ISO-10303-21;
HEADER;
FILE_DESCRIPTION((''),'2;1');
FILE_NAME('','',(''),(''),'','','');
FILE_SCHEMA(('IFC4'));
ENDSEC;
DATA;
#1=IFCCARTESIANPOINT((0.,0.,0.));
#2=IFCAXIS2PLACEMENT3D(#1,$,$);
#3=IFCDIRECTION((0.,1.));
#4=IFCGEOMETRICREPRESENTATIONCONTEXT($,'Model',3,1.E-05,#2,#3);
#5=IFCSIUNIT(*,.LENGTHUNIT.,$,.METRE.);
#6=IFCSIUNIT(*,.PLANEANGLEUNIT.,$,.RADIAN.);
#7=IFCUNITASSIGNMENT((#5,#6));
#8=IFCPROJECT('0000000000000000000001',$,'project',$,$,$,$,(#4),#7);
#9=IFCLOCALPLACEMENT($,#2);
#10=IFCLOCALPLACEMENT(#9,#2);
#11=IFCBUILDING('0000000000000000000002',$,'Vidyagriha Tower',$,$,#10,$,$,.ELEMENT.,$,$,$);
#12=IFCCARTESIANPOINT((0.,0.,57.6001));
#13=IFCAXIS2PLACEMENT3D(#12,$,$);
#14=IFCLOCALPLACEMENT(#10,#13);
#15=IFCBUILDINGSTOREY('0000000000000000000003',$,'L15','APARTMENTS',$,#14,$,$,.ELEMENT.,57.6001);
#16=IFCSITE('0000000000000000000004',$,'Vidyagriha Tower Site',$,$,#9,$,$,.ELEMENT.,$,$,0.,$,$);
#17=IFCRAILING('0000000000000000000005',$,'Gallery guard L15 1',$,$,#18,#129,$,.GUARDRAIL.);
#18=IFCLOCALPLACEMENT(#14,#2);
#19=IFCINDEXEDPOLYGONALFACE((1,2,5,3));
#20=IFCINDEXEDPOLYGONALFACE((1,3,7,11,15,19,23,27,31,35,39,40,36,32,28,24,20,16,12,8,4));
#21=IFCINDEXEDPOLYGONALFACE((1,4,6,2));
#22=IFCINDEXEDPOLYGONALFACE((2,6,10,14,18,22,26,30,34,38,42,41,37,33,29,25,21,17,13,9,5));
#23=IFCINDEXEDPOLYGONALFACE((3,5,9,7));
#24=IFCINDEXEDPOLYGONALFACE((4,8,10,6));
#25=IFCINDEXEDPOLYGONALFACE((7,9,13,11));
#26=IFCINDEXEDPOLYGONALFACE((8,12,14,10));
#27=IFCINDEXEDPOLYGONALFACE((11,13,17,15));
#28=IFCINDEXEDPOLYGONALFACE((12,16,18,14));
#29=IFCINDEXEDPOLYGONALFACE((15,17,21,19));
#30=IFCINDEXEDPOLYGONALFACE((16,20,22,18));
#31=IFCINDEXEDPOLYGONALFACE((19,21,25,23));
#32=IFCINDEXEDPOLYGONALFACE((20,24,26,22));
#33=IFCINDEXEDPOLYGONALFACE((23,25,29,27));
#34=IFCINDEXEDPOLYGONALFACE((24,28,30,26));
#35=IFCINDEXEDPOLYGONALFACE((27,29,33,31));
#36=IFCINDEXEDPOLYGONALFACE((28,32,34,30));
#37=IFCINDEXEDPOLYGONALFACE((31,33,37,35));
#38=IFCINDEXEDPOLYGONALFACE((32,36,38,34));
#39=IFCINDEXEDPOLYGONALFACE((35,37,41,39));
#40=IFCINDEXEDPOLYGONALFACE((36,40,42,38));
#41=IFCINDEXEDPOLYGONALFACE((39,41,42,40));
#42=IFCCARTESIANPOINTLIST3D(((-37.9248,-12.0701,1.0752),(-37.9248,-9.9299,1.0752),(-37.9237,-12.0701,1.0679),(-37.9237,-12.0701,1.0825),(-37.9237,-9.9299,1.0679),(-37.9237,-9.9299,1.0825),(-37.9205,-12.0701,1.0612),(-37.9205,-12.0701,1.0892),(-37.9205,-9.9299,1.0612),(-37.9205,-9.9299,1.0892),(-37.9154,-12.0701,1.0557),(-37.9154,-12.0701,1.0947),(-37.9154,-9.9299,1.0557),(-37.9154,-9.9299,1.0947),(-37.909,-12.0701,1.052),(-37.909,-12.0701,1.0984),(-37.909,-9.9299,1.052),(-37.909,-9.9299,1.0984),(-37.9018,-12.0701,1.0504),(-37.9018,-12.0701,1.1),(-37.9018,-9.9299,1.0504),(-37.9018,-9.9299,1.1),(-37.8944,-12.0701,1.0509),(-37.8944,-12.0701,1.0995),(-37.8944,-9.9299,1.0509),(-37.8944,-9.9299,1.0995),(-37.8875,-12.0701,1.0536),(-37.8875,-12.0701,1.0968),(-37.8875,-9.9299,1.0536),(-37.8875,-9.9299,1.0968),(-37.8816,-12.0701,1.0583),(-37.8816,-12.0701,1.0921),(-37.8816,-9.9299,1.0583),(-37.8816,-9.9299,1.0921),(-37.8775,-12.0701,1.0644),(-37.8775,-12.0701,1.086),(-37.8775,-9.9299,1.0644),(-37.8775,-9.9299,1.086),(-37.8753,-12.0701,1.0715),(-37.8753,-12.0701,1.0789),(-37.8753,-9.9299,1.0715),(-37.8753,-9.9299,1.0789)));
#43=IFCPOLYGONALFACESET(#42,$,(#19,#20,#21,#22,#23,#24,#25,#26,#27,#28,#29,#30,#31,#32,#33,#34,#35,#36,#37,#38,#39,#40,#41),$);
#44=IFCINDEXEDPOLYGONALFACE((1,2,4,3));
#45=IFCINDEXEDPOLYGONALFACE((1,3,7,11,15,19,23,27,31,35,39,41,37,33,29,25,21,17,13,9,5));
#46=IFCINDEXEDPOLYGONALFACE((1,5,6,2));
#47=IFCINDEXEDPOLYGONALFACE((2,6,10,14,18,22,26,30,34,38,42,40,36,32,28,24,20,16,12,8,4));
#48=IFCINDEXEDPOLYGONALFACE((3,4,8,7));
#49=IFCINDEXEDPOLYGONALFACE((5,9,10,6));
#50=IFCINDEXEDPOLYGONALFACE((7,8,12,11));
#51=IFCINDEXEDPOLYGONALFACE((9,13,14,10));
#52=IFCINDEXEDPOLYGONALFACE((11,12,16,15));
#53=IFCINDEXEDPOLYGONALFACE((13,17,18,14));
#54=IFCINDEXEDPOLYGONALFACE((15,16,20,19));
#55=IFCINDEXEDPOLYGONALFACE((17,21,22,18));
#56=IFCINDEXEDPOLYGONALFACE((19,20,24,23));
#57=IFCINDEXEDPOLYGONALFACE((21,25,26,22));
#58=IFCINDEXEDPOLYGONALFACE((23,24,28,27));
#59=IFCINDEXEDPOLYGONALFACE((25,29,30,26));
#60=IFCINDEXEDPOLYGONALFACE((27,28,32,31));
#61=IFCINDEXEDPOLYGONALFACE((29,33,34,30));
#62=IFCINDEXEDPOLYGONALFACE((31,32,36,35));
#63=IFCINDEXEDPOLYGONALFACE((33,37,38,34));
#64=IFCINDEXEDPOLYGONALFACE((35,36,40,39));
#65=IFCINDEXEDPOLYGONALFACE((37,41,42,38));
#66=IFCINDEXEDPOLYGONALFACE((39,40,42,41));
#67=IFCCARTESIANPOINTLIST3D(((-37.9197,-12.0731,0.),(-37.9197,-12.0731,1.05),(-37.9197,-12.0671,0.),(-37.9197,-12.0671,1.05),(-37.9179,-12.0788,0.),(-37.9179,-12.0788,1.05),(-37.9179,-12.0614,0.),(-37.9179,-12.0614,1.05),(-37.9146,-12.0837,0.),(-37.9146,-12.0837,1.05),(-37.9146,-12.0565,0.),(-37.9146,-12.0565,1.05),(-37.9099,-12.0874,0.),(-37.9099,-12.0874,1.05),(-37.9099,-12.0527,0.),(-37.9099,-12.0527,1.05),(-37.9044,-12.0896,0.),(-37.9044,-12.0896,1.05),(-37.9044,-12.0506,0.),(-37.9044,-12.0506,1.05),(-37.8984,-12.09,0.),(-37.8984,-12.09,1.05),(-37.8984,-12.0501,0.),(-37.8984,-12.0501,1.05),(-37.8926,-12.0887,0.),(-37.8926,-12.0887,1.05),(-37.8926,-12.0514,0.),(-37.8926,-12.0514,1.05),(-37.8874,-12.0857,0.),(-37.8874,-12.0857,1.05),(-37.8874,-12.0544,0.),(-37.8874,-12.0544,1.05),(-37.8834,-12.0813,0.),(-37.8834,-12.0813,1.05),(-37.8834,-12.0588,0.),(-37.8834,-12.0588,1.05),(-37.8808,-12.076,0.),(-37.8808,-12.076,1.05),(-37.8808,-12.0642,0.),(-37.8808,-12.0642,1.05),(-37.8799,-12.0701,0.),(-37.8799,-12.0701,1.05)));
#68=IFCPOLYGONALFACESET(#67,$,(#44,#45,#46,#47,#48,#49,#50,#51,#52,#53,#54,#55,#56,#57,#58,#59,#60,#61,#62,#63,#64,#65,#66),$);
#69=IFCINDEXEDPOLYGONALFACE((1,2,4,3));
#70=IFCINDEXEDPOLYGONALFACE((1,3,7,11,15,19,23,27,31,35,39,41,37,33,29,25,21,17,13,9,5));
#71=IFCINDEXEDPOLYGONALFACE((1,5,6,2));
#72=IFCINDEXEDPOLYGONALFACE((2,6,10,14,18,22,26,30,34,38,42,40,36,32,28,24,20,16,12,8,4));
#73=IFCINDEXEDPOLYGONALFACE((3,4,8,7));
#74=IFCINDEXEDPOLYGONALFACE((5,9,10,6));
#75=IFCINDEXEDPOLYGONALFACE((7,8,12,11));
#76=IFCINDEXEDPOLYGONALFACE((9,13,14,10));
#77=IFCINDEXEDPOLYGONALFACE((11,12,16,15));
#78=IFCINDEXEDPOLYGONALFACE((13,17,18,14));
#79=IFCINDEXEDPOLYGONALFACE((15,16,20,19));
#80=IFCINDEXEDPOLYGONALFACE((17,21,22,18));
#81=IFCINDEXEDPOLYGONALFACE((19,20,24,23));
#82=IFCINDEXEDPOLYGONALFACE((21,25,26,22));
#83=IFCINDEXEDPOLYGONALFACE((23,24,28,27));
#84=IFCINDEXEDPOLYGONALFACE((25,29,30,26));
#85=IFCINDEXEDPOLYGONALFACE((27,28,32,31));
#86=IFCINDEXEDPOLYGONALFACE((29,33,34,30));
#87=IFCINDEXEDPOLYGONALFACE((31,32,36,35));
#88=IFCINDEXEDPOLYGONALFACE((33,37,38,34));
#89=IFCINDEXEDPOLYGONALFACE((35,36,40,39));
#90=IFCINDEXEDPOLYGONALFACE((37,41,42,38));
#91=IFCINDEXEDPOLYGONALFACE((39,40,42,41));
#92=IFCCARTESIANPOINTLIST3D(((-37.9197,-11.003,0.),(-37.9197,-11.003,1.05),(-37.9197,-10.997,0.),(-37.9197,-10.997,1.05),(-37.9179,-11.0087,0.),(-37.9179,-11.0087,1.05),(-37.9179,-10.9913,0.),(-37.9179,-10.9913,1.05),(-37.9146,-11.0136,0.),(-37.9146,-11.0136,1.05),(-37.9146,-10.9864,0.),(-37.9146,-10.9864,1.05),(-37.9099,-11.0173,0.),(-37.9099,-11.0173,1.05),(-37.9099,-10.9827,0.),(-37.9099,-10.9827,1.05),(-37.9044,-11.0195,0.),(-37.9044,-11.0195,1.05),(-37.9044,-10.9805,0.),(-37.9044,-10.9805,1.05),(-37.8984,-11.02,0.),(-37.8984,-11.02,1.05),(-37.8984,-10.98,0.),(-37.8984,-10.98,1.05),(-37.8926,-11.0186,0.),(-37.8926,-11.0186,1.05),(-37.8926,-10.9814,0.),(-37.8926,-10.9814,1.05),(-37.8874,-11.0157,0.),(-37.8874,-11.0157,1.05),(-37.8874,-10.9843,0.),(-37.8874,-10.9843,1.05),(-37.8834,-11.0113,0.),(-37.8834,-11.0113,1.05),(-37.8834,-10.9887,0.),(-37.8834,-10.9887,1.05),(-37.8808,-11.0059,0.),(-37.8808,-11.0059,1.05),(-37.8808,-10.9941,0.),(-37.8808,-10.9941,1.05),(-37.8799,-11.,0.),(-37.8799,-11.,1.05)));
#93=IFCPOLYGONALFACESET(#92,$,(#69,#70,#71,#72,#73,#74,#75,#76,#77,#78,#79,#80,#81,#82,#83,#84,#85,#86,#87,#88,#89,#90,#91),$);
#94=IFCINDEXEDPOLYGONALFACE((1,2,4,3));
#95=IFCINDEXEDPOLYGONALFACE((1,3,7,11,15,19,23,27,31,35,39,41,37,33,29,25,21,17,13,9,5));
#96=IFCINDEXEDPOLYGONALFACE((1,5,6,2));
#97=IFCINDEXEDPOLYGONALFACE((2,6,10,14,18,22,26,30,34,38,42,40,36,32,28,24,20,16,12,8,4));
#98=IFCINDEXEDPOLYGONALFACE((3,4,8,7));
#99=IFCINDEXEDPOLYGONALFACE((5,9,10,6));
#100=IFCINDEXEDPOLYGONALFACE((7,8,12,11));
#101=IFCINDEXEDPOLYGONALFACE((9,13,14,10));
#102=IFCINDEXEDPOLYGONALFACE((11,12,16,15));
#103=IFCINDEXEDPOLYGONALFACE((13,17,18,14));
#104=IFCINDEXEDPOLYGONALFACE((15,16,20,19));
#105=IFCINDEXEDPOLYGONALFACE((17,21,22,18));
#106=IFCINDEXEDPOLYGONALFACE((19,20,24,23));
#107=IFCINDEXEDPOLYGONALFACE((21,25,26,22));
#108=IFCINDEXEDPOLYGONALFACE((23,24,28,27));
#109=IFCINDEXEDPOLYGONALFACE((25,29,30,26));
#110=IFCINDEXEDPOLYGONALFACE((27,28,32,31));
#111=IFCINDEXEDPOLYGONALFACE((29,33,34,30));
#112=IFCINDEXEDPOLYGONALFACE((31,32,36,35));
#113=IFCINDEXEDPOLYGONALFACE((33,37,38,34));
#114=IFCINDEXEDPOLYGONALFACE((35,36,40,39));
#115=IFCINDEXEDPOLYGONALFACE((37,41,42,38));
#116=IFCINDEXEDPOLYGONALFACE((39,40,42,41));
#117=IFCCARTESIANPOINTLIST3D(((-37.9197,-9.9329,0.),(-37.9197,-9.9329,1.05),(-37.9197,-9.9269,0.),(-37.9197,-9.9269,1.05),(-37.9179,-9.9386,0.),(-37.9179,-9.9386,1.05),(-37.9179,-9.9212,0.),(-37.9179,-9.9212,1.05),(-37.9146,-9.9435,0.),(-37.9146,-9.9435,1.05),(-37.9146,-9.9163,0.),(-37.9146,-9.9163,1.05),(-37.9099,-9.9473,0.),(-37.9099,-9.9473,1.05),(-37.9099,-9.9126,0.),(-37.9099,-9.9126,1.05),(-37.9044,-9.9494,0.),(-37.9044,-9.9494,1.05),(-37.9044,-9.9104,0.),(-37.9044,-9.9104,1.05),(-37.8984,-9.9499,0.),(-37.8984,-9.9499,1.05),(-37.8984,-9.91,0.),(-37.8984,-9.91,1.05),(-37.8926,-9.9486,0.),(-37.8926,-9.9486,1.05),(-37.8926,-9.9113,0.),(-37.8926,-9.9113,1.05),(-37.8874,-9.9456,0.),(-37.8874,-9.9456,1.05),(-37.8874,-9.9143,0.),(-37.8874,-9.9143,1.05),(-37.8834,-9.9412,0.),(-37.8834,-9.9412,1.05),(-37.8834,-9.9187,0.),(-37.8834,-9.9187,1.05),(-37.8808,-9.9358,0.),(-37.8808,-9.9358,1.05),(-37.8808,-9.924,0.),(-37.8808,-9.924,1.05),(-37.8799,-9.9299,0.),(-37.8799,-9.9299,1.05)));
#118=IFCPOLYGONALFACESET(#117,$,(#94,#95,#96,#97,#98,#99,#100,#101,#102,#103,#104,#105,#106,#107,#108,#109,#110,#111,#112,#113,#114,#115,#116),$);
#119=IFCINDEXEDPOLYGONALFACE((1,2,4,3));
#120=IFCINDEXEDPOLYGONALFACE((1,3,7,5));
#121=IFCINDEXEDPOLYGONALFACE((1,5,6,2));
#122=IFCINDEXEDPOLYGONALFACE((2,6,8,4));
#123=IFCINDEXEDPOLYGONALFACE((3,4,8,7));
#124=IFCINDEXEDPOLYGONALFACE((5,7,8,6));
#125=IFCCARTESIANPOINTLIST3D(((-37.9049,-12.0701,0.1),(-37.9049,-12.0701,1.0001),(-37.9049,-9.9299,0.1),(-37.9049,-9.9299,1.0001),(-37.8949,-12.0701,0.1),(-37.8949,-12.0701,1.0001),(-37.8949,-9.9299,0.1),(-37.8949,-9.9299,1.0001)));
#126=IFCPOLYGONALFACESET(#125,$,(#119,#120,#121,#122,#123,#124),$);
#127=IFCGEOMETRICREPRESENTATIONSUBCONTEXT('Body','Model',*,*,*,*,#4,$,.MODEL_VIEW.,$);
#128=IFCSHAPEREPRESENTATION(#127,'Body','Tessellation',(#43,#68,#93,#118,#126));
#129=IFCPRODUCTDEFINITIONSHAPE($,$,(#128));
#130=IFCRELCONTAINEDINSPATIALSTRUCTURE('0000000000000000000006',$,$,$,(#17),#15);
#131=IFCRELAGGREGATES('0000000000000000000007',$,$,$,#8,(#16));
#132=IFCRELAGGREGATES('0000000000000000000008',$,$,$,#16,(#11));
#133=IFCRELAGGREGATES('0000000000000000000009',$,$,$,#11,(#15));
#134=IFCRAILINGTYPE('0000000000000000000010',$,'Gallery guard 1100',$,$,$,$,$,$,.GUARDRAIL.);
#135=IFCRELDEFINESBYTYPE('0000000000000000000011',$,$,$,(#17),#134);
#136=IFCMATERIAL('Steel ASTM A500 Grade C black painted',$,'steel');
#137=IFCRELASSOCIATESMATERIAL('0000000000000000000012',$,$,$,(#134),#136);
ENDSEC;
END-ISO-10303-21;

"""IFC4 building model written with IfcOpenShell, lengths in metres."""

from ifc_helpers import new_model, si_unit, direction, frame, origin, origin_2d, place, context, subcontext, project, spatial, rectangle, circle, extrude, material, type_object, element, save


model = new_model("IFC4")

# Units and contexts
model_context = context("Model", 3, precision=1e-05, world=origin(), true_north=direction((0.0, 1.0)))
body_context = subcontext(model_context, "Body", "Model", "MODEL_VIEW")
ifc_project = project(units=[si_unit("LENGTHUNIT", "METRE"), si_unit("PLANEANGLEUNIT", "RADIAN")], contexts=[model_context])

# Site, building, storey
site_placement = place(None, origin())
site = spatial("IfcSite", under=ifc_project, at=site_placement, Name="Vidyagriha Tower Site", CompositionType="ELEMENT", RefElevation=0.0)
building_placement = place(site_placement, origin())
building = spatial("IfcBuilding", under=site, at=building_placement, Name="Vidyagriha Tower", CompositionType="ELEMENT")
storey_placement = place(building_placement, frame((0.0, 0.0, 57.6001)))
storey = spatial("IfcBuildingStorey", under=building, at=storey_placement, Name="L15", Description="APARTMENTS", CompositionType="ELEMENT", Elevation=57.6001)

# Railing
ifc_material_1 = material(Name="Steel ASTM A500 Grade C black painted", Category="steel")
railing_type_1 = type_object("IfcRailingType", Name="Gallery guard 1100", PredefinedType="GUARDRAIL", material=ifc_material_1)
railing_1_placement = place(storey_placement, frame((-37.8999, -12.0701, 0.0)))
element("IfcRailing", 1, at=railing_1_placement, inside=storey, type_object=railing_type_1, Name="Gallery guard L15 1", PredefinedType="GUARDRAIL", context=body_context, shape_type="SweptSolid", body=[
    extrude(circle(Radius=0.0249, at=origin_2d()), frame((0.0, 0.0, 1.0752), z_axis=(0.0, 1.0, 0.0), x_axis=(-1.0, 0.0, 0.0)), (0.0, 0.0, 1.0), 2.1401),
    extrude(circle(Radius=0.02, at=origin_2d()), origin(), (0.0, 0.0, 1.0), 1.05),
    extrude(circle(Radius=0.02, at=origin_2d()), frame((0.0, 1.0701, 0.0)), (0.0, 0.0, 1.0), 1.05),
    extrude(circle(Radius=0.02, at=origin_2d()), frame((0.0, 2.1401, 0.0)), (0.0, 0.0, 1.0), 1.05),
    extrude(rectangle(XDim=0.01, YDim=0.9001, at=origin_2d()), frame((0.0, 0.0, 0.55), z_axis=(0.0, 1.0, 0.0), x_axis=(-1.0, 0.0, 0.0)), (0.0, 0.0, 1.0), 2.1401),
])

save(model, "model.ifc")
